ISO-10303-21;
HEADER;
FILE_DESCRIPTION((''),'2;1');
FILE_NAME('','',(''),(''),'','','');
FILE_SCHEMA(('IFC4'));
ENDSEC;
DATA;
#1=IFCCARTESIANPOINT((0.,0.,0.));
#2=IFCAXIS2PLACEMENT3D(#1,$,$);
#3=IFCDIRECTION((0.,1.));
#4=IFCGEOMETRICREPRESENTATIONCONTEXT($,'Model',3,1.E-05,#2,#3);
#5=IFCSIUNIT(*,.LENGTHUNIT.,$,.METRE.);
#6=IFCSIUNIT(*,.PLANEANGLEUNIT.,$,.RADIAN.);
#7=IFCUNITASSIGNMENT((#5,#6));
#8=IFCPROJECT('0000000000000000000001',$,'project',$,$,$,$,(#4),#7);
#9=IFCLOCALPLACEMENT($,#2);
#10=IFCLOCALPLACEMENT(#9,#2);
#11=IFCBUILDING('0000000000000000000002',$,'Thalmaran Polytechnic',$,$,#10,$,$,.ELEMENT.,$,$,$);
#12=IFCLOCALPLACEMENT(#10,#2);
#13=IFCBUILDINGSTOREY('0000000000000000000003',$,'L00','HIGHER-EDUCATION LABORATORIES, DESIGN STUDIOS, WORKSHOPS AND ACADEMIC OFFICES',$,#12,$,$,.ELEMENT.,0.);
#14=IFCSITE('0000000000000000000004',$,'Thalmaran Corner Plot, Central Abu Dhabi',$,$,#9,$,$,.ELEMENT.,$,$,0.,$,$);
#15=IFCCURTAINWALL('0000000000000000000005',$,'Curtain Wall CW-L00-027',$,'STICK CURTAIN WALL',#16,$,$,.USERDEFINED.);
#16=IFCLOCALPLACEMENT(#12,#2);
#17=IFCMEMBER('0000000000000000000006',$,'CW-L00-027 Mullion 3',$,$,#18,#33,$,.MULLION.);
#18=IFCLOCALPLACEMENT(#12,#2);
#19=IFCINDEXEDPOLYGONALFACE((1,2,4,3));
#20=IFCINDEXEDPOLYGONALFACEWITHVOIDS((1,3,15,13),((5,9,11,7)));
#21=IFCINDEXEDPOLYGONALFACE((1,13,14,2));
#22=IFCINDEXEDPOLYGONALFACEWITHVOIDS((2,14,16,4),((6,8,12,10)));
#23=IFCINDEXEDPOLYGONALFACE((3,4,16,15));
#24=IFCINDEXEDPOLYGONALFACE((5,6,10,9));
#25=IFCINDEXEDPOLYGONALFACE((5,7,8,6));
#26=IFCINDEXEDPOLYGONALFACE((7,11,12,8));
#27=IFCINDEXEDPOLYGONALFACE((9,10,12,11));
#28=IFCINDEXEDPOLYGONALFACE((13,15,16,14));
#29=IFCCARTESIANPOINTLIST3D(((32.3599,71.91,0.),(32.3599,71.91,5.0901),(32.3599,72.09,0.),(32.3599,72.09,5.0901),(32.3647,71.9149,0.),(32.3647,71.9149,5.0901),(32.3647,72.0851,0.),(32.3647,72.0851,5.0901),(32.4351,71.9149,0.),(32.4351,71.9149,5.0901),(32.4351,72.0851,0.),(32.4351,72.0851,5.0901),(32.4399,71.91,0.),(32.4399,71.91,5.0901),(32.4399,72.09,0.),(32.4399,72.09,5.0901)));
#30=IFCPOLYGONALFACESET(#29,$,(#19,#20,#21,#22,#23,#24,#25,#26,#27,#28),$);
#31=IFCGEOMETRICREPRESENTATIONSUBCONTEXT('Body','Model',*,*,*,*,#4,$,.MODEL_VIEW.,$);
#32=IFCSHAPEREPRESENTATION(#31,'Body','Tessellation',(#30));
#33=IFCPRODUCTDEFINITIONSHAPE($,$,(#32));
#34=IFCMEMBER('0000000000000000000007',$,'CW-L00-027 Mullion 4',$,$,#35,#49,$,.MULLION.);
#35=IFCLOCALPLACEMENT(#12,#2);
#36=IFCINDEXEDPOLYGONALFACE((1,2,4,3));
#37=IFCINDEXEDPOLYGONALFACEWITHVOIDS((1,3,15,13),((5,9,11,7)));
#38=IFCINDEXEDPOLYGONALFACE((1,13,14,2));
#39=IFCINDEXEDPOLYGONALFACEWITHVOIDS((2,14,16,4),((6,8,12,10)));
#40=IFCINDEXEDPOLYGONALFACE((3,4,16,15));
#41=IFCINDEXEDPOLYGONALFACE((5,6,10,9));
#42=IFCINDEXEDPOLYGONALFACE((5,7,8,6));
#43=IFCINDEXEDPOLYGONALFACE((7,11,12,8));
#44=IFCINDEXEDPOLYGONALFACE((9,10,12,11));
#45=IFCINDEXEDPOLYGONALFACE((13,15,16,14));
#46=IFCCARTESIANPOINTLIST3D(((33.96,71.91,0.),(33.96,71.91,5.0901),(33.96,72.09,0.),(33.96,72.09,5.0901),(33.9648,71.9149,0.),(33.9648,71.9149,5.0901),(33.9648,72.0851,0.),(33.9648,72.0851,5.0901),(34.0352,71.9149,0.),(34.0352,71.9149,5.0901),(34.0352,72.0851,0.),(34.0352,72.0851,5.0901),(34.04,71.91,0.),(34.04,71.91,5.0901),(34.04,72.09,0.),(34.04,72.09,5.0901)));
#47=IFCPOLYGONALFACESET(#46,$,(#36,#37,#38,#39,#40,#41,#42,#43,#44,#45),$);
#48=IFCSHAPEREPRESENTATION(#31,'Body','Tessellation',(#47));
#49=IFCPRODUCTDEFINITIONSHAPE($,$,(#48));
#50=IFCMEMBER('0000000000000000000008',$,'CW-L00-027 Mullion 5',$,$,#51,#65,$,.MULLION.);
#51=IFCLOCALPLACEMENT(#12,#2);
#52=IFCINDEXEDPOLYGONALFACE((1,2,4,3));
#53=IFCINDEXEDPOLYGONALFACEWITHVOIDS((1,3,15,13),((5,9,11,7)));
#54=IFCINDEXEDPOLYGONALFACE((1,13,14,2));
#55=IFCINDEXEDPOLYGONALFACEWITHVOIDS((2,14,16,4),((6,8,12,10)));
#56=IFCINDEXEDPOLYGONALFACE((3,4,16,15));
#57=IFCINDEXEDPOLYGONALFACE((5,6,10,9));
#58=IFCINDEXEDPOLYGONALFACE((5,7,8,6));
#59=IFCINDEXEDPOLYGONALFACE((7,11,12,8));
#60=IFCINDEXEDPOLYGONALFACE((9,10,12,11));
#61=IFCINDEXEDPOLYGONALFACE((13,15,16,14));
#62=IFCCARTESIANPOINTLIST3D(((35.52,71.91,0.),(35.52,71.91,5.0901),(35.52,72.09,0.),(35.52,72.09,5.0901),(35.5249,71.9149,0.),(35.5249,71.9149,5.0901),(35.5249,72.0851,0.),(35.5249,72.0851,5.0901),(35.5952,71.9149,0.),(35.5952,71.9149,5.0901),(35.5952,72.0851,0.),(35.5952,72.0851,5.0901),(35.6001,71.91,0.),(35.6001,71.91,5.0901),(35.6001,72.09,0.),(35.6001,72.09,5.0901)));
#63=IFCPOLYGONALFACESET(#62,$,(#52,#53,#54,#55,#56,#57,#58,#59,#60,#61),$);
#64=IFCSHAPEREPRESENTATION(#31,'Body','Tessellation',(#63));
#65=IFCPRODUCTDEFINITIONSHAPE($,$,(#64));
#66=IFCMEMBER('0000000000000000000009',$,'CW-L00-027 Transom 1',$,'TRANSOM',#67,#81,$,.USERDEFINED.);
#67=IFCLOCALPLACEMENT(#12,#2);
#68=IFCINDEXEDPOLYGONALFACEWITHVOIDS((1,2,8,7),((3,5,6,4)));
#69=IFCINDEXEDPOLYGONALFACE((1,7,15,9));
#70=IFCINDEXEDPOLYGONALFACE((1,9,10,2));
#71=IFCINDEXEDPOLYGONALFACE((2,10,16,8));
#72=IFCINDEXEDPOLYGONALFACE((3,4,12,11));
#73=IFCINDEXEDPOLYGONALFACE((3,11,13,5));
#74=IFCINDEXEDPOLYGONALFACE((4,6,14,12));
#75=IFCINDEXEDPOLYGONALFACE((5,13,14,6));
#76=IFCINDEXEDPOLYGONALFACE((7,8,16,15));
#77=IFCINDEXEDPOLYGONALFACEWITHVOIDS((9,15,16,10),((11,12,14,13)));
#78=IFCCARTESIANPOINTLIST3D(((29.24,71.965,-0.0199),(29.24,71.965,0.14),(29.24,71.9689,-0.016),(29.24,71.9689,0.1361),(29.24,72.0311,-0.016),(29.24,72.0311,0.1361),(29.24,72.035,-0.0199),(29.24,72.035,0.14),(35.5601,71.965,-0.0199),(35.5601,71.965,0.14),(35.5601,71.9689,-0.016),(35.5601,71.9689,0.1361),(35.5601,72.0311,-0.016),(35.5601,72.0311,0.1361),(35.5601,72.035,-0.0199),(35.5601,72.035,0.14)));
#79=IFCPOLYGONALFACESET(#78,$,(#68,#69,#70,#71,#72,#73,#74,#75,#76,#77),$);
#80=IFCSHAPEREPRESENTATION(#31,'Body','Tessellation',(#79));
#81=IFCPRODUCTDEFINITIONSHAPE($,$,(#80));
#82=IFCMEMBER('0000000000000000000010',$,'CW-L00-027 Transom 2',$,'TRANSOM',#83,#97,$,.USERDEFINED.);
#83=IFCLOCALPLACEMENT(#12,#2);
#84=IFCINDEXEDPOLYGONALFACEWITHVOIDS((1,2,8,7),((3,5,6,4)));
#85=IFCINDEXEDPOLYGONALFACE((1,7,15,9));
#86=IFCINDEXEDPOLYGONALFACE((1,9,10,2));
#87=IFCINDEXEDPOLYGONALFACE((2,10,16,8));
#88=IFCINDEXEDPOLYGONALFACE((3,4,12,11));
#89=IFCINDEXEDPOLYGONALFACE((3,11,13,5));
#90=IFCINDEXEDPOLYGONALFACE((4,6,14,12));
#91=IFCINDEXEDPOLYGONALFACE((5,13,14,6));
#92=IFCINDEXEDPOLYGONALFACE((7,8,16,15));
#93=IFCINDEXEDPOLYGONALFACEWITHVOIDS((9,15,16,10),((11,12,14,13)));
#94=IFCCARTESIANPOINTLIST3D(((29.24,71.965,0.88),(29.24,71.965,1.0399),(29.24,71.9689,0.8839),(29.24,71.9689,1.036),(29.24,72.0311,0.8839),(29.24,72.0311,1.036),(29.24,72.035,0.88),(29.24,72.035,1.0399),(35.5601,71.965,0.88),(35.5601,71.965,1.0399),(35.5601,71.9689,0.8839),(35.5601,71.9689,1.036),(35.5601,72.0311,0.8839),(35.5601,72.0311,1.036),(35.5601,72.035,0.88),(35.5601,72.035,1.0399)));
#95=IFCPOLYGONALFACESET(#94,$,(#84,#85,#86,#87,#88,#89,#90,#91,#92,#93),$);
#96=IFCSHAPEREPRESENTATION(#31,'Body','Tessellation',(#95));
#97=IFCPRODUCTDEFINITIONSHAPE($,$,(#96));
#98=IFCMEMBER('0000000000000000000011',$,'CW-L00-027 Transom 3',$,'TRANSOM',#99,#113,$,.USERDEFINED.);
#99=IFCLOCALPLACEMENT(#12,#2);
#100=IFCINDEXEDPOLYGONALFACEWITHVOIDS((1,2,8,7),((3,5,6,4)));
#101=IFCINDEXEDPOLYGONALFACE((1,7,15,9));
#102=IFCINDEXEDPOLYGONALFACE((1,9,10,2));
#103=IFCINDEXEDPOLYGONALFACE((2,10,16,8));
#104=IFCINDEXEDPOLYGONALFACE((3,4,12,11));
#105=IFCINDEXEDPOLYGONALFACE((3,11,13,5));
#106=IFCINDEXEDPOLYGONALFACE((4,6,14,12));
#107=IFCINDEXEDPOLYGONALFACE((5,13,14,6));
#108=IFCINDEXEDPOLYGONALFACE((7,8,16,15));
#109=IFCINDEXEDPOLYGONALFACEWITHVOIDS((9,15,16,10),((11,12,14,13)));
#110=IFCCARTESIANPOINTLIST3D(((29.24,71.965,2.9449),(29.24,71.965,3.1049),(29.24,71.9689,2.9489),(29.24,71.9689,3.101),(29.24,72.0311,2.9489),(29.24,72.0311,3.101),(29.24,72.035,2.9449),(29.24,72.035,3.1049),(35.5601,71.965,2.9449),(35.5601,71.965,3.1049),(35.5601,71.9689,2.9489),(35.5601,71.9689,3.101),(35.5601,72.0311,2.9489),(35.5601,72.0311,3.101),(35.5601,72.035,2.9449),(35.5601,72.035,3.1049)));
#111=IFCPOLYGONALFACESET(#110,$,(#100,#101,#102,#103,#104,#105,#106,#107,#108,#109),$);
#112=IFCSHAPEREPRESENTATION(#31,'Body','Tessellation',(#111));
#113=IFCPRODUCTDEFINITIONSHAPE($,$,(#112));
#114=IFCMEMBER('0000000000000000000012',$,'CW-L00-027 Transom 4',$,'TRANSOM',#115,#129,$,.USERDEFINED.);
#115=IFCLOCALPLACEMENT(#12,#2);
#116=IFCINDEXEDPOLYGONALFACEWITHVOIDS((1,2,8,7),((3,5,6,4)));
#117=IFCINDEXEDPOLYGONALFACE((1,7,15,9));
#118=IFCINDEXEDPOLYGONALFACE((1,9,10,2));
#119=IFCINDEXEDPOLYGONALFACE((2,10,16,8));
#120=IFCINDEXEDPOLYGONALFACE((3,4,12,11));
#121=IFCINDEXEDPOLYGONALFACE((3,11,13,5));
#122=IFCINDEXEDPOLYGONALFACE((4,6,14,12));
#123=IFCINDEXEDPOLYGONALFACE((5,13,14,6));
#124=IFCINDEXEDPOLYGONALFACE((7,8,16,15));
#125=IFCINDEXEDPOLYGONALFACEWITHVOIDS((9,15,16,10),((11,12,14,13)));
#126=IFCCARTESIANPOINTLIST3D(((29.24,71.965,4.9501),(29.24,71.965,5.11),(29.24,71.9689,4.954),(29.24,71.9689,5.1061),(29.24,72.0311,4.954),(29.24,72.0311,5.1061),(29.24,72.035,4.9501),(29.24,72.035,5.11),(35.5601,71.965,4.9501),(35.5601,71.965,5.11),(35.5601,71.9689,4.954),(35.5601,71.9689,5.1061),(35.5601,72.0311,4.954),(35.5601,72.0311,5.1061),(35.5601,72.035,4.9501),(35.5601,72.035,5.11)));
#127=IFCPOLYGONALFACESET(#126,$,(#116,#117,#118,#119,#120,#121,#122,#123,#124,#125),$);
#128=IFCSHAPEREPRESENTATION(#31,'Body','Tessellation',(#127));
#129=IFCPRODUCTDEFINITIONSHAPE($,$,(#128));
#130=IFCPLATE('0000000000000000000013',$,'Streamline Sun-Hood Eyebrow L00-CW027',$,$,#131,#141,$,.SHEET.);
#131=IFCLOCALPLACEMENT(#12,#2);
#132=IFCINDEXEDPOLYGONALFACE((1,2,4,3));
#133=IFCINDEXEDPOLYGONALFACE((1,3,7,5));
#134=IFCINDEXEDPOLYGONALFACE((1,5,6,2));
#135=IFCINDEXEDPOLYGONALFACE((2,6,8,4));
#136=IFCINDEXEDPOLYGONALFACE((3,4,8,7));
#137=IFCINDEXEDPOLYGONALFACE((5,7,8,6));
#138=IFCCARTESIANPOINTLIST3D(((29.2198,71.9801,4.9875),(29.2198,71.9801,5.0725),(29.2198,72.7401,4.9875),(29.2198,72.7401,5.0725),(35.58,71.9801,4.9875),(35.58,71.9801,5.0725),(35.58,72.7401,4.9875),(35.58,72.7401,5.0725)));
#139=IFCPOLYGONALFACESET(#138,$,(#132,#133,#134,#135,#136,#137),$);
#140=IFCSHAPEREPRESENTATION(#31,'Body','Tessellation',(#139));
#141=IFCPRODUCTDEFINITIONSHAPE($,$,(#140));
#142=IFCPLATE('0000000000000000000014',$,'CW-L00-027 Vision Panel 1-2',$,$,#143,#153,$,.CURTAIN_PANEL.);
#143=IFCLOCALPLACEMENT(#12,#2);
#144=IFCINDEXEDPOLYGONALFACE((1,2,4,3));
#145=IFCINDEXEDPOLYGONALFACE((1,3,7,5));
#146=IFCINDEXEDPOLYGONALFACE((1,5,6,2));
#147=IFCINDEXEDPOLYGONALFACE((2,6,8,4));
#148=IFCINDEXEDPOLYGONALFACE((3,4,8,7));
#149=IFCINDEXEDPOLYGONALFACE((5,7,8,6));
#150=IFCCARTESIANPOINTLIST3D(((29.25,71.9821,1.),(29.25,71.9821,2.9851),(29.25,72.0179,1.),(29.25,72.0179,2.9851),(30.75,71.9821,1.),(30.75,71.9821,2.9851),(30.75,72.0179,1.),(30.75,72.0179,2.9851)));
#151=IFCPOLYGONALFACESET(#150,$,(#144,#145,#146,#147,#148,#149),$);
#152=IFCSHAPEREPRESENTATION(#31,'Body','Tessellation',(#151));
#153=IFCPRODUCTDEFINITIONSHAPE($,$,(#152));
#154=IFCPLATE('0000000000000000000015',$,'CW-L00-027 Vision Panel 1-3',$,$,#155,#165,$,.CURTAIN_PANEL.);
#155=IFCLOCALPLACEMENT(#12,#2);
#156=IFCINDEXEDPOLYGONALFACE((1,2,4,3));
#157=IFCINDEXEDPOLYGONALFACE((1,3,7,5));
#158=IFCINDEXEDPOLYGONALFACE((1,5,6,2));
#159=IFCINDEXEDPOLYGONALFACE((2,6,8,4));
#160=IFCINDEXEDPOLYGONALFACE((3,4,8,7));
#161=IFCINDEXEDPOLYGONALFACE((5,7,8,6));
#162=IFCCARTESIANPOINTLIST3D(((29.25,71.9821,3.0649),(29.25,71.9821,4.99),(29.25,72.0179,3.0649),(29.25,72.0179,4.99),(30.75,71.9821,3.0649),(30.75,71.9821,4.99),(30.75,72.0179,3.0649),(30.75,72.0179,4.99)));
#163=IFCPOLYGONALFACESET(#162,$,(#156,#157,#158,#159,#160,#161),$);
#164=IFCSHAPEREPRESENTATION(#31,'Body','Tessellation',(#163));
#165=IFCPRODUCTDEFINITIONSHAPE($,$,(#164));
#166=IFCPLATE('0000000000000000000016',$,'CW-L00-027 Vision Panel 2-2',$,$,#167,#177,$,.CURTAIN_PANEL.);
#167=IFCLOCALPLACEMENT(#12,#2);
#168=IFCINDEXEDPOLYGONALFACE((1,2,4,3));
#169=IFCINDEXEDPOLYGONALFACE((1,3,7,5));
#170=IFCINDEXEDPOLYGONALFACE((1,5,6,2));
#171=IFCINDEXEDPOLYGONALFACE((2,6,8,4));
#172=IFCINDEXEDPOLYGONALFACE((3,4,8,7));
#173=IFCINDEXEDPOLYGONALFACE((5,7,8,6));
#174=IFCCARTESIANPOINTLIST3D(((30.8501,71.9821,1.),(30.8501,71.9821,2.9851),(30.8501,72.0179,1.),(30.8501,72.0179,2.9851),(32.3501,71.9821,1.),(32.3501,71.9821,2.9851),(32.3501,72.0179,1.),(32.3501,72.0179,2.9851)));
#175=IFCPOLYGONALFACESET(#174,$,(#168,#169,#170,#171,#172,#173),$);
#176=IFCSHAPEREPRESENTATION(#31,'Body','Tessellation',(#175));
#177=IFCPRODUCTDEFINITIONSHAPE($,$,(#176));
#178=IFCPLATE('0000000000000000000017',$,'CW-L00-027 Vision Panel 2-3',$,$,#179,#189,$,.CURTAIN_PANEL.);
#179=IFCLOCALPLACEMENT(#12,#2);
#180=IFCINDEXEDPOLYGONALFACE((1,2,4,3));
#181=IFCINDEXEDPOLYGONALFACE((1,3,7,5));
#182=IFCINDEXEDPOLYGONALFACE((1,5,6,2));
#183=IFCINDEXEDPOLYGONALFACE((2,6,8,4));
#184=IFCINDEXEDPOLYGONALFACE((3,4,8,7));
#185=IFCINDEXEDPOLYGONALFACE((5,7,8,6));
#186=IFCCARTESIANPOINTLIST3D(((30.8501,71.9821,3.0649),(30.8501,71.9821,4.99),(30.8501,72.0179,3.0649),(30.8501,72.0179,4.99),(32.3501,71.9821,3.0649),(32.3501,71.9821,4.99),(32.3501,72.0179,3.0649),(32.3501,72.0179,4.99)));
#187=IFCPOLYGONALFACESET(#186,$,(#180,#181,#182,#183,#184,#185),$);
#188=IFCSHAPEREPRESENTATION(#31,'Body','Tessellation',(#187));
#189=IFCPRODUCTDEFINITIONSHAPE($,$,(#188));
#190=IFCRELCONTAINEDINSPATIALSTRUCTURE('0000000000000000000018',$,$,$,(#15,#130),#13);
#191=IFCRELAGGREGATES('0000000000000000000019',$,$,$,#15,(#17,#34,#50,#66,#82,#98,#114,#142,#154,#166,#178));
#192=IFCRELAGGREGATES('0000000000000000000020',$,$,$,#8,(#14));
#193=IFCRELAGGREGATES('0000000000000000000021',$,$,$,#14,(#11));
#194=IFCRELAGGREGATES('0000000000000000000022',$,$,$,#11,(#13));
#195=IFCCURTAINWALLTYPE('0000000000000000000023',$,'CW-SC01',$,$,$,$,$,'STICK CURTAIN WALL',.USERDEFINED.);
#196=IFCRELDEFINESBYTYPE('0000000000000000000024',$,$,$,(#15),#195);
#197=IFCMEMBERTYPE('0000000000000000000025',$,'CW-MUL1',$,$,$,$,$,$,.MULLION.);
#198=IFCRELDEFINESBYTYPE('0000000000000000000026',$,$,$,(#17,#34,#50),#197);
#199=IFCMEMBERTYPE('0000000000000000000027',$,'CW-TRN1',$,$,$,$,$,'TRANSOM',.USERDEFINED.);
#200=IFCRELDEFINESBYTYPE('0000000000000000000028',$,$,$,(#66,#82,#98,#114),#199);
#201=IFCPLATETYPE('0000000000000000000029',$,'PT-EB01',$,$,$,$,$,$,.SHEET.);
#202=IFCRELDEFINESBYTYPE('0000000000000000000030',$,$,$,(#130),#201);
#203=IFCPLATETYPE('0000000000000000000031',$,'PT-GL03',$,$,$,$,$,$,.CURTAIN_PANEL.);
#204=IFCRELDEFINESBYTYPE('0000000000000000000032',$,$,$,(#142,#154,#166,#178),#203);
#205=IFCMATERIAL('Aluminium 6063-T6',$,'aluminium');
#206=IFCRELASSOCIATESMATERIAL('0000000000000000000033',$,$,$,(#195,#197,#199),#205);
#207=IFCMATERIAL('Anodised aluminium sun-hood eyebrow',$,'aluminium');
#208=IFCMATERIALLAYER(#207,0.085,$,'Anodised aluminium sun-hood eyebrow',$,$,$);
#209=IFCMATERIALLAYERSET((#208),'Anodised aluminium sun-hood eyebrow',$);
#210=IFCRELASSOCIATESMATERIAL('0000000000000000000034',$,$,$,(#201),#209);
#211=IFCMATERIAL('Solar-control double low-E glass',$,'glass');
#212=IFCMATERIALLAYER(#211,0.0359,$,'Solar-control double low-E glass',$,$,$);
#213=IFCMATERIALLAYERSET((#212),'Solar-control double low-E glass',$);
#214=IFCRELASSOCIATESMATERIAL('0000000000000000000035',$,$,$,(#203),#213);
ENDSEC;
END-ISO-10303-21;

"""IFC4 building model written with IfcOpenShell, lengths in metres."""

from ifc_helpers import new_model, si_unit, direction, frame, origin, origin_2d, place, context, subcontext, project, spatial, rectangle, hollow_rectangle, extrude, material, layer, layer_set, material_profile, profile_set, type_object, element, aggregate, save


model = new_model("IFC4")

# Units and contexts
model_context = context("Model", 3, precision=1e-05, world=origin(), true_north=direction((0.0, 1.0)))
body_context = subcontext(model_context, "Body", "Model", "MODEL_VIEW")
ifc_project = project(units=[si_unit("LENGTHUNIT", "METRE"), si_unit("PLANEANGLEUNIT", "RADIAN")], contexts=[model_context])

# Site, building, storey
site_placement = place(None, origin())
site = spatial("IfcSite", under=ifc_project, at=site_placement, Name="Thalmaran Corner Plot, Central Abu Dhabi", CompositionType="ELEMENT", RefElevation=0.0)
building_placement = place(site_placement, origin())
building = spatial("IfcBuilding", under=site, at=building_placement, Name="Thalmaran Polytechnic", CompositionType="ELEMENT")
storey_placement = place(building_placement, origin())
storey = spatial("IfcBuildingStorey", under=building, at=storey_placement, Name="L00", Description="HIGHER-EDUCATION LABORATORIES, DESIGN STUDIOS, WORKSHOPS AND ACADEMIC OFFICES", CompositionType="ELEMENT", Elevation=0.0)

# Curtain wall, members
ifc_material_1 = material(Name="Aluminium 6063-T6", Category="aluminium")
curtain_wall_type = type_object("IfcCurtainWallType", Name="CW-SC01", ElementType="STICK CURTAIN WALL", PredefinedType="USERDEFINED", material=ifc_material_1)
curtain_wall_placement = place(storey_placement, origin())
curtain_wall = element("IfcCurtainWall", 1, at=curtain_wall_placement, inside=storey, type_object=curtain_wall_type, Name="Curtain Wall CW-L00-027", ObjectType="STICK CURTAIN WALL", PredefinedType="USERDEFINED")
ifc_material_profile_1 = material_profile(ifc_material_1, hollow_rectangle(XDim=0.0801, YDim=0.1799, WallThickness=0.0049, at=origin_2d()), Name="RHS 180x80x5.0")
ifc_profile_set_1 = profile_set([ifc_material_profile_1], Name="Aluminium 6063-T6")
member_type_1 = type_object("IfcMemberType", Name="CW-MUL1", PredefinedType="MULLION", material=ifc_profile_set_1)
member_1_placement = place(storey_placement, frame((32.3999, 72.0, 0.0), z_axis=(0.0, 0.0, 1.0), x_axis=(1.0, 0.0, 0.0)))
member_1 = element("IfcMember", 2, at=member_1_placement, type_object=member_type_1, Name="CW-L00-027 Mullion 3", PredefinedType="MULLION", context=body_context, shape_type="SweptSolid", body=[
    extrude(hollow_rectangle(XDim=0.0801, YDim=0.1799, WallThickness=0.0049, at=origin_2d()), origin(), (0.0, 0.0, 1.0), 5.0901),
])
member_2_placement = place(storey_placement, frame((34.0, 72.0, 0.0), z_axis=(0.0, 0.0, 1.0), x_axis=(1.0, 0.0, 0.0)))
member_2 = element("IfcMember", 3, at=member_2_placement, type_object=member_type_1, Name="CW-L00-027 Mullion 4", PredefinedType="MULLION", context=body_context, shape_type="SweptSolid", body=[
    extrude(hollow_rectangle(XDim=0.0801, YDim=0.1799, WallThickness=0.0049, at=origin_2d()), origin(), (0.0, 0.0, 1.0), 5.0901),
])
member_3_placement = place(storey_placement, frame((35.5601, 72.0, 0.0), z_axis=(0.0, 0.0, 1.0), x_axis=(1.0, 0.0, 0.0)))
member_3 = element("IfcMember", 4, at=member_3_placement, type_object=member_type_1, Name="CW-L00-027 Mullion 5", PredefinedType="MULLION", context=body_context, shape_type="SweptSolid", body=[
    extrude(hollow_rectangle(XDim=0.0801, YDim=0.1799, WallThickness=0.0049, at=origin_2d()), origin(), (0.0, 0.0, 1.0), 5.0901),
])
ifc_material_profile_2 = material_profile(ifc_material_1, hollow_rectangle(XDim=0.0701, YDim=0.1599, WallThickness=0.0039, at=origin_2d()), Name="AL 160x70x4.0")
ifc_profile_set_2 = profile_set([ifc_material_profile_2], Name="Aluminium 6063-T6")
member_type_2 = type_object("IfcMemberType", Name="CW-TRN1", ElementType="TRANSOM", PredefinedType="USERDEFINED", material=ifc_profile_set_2)
member_4_placement = place(storey_placement, frame((29.24, 72.0, 0.0601), z_axis=(1.0, 0.0, 0.0), x_axis=(0.0, 1.0, 0.0)))
member_4 = element("IfcMember", 5, at=member_4_placement, type_object=member_type_2, Name="CW-L00-027 Transom 1", ObjectType="TRANSOM", PredefinedType="USERDEFINED", context=body_context, shape_type="SweptSolid", body=[
    extrude(hollow_rectangle(XDim=0.0701, YDim=0.1599, WallThickness=0.0039, at=origin_2d()), origin(), (0.0, 0.0, 1.0), 6.3201),
])
member_5_placement = place(storey_placement, frame((29.24, 72.0, 0.96), z_axis=(1.0, 0.0, 0.0), x_axis=(0.0, 1.0, 0.0)))
member_5 = element("IfcMember", 6, at=member_5_placement, type_object=member_type_2, Name="CW-L00-027 Transom 2", ObjectType="TRANSOM", PredefinedType="USERDEFINED", context=body_context, shape_type="SweptSolid", body=[
    extrude(hollow_rectangle(XDim=0.0701, YDim=0.1599, WallThickness=0.0039, at=origin_2d()), origin(), (0.0, 0.0, 1.0), 6.3201),
])
member_6_placement = place(storey_placement, frame((29.24, 72.0, 3.0249), z_axis=(1.0, 0.0, 0.0), x_axis=(0.0, 1.0, 0.0)))
member_6 = element("IfcMember", 7, at=member_6_placement, type_object=member_type_2, Name="CW-L00-027 Transom 3", ObjectType="TRANSOM", PredefinedType="USERDEFINED", context=body_context, shape_type="SweptSolid", body=[
    extrude(hollow_rectangle(XDim=0.0701, YDim=0.1599, WallThickness=0.0039, at=origin_2d()), origin(), (0.0, 0.0, 1.0), 6.3201),
])
member_7_placement = place(storey_placement, frame((29.24, 72.0, 5.03), z_axis=(1.0, 0.0, 0.0), x_axis=(0.0, 1.0, 0.0)))
member_7 = element("IfcMember", 8, at=member_7_placement, type_object=member_type_2, Name="CW-L00-027 Transom 4", ObjectType="TRANSOM", PredefinedType="USERDEFINED", context=body_context, shape_type="SweptSolid", body=[
    extrude(hollow_rectangle(XDim=0.0701, YDim=0.1599, WallThickness=0.0039, at=origin_2d()), origin(), (0.0, 0.0, 1.0), 6.3201),
])

# Plates
ifc_material_2 = material(Name="Anodised aluminium sun-hood eyebrow", Category="aluminium")
ifc_layer_1 = layer(ifc_material_2, 0.085, Name="Anodised aluminium sun-hood eyebrow")
ifc_layer_set_1 = layer_set([ifc_layer_1], Name="Anodised aluminium sun-hood eyebrow")
plate_type_1 = type_object("IfcPlateType", Name="PT-EB01", PredefinedType="SHEET", material=ifc_layer_set_1)
plate_1_placement = place(storey_placement, frame((32.3999, 72.3601, 4.9875), z_axis=(0.0, 0.0, 1.0), x_axis=(1.0, 0.0, 0.0)))
element("IfcPlate", 9, at=plate_1_placement, inside=storey, type_object=plate_type_1, Name="Streamline Sun-Hood Eyebrow L00-CW027", PredefinedType="SHEET", context=body_context, shape_type="SweptSolid", body=[
    extrude(rectangle(XDim=6.3601, YDim=0.76, at=origin_2d()), origin(), (0.0, 0.0, 1.0), 0.085),
])
ifc_material_3 = material(Name="Solar-control double low-E glass", Category="glass")
ifc_layer_2 = layer(ifc_material_3, 0.0359, Name="Solar-control double low-E glass")
ifc_layer_set_2 = layer_set([ifc_layer_2], Name="Solar-control double low-E glass")
plate_type_2 = type_object("IfcPlateType", Name="PT-GL03", PredefinedType="CURTAIN_PANEL", material=ifc_layer_set_2)
plate_2_placement = place(storey_placement, frame((30.0, 72.0, 1.0), z_axis=(0.0, 0.0, 1.0), x_axis=(1.0, 0.0, 0.0)))
plate_2 = element("IfcPlate", 10, at=plate_2_placement, type_object=plate_type_2, Name="CW-L00-027 Vision Panel 1-2", PredefinedType="CURTAIN_PANEL", context=body_context, shape_type="SweptSolid", body=[
    extrude(rectangle(XDim=1.5, YDim=0.0359, at=origin_2d()), origin(), (0.0, 0.0, 1.0), 1.9851),
])
plate_3_placement = place(storey_placement, frame((30.0, 72.0, 3.0649), z_axis=(0.0, 0.0, 1.0), x_axis=(1.0, 0.0, 0.0)))
plate_3 = element("IfcPlate", 11, at=plate_3_placement, type_object=plate_type_2, Name="CW-L00-027 Vision Panel 1-3", PredefinedType="CURTAIN_PANEL", context=body_context, shape_type="SweptSolid", body=[
    extrude(rectangle(XDim=1.5, YDim=0.0359, at=origin_2d()), origin(), (0.0, 0.0, 1.0), 1.925),
])
plate_4_placement = place(storey_placement, frame((31.6001, 72.0, 1.0), z_axis=(0.0, 0.0, 1.0), x_axis=(1.0, 0.0, 0.0)))
plate_4 = element("IfcPlate", 12, at=plate_4_placement, type_object=plate_type_2, Name="CW-L00-027 Vision Panel 2-2", PredefinedType="CURTAIN_PANEL", context=body_context, shape_type="SweptSolid", body=[
    extrude(rectangle(XDim=1.5, YDim=0.0359, at=origin_2d()), origin(), (0.0, 0.0, 1.0), 1.9851),
])
plate_5_placement = place(storey_placement, frame((31.6001, 72.0, 3.0649), z_axis=(0.0, 0.0, 1.0), x_axis=(1.0, 0.0, 0.0)))
plate_5 = element("IfcPlate", 13, at=plate_5_placement, type_object=plate_type_2, Name="CW-L00-027 Vision Panel 2-3", PredefinedType="CURTAIN_PANEL", context=body_context, shape_type="SweptSolid", body=[
    extrude(rectangle(XDim=1.5, YDim=0.0359, at=origin_2d()), origin(), (0.0, 0.0, 1.0), 1.925),
])
aggregate(curtain_wall, [member_1, member_2, member_3, member_4, member_5, member_6, member_7, plate_2, plate_3, plate_4, plate_5])

save(model, "model.ifc")
